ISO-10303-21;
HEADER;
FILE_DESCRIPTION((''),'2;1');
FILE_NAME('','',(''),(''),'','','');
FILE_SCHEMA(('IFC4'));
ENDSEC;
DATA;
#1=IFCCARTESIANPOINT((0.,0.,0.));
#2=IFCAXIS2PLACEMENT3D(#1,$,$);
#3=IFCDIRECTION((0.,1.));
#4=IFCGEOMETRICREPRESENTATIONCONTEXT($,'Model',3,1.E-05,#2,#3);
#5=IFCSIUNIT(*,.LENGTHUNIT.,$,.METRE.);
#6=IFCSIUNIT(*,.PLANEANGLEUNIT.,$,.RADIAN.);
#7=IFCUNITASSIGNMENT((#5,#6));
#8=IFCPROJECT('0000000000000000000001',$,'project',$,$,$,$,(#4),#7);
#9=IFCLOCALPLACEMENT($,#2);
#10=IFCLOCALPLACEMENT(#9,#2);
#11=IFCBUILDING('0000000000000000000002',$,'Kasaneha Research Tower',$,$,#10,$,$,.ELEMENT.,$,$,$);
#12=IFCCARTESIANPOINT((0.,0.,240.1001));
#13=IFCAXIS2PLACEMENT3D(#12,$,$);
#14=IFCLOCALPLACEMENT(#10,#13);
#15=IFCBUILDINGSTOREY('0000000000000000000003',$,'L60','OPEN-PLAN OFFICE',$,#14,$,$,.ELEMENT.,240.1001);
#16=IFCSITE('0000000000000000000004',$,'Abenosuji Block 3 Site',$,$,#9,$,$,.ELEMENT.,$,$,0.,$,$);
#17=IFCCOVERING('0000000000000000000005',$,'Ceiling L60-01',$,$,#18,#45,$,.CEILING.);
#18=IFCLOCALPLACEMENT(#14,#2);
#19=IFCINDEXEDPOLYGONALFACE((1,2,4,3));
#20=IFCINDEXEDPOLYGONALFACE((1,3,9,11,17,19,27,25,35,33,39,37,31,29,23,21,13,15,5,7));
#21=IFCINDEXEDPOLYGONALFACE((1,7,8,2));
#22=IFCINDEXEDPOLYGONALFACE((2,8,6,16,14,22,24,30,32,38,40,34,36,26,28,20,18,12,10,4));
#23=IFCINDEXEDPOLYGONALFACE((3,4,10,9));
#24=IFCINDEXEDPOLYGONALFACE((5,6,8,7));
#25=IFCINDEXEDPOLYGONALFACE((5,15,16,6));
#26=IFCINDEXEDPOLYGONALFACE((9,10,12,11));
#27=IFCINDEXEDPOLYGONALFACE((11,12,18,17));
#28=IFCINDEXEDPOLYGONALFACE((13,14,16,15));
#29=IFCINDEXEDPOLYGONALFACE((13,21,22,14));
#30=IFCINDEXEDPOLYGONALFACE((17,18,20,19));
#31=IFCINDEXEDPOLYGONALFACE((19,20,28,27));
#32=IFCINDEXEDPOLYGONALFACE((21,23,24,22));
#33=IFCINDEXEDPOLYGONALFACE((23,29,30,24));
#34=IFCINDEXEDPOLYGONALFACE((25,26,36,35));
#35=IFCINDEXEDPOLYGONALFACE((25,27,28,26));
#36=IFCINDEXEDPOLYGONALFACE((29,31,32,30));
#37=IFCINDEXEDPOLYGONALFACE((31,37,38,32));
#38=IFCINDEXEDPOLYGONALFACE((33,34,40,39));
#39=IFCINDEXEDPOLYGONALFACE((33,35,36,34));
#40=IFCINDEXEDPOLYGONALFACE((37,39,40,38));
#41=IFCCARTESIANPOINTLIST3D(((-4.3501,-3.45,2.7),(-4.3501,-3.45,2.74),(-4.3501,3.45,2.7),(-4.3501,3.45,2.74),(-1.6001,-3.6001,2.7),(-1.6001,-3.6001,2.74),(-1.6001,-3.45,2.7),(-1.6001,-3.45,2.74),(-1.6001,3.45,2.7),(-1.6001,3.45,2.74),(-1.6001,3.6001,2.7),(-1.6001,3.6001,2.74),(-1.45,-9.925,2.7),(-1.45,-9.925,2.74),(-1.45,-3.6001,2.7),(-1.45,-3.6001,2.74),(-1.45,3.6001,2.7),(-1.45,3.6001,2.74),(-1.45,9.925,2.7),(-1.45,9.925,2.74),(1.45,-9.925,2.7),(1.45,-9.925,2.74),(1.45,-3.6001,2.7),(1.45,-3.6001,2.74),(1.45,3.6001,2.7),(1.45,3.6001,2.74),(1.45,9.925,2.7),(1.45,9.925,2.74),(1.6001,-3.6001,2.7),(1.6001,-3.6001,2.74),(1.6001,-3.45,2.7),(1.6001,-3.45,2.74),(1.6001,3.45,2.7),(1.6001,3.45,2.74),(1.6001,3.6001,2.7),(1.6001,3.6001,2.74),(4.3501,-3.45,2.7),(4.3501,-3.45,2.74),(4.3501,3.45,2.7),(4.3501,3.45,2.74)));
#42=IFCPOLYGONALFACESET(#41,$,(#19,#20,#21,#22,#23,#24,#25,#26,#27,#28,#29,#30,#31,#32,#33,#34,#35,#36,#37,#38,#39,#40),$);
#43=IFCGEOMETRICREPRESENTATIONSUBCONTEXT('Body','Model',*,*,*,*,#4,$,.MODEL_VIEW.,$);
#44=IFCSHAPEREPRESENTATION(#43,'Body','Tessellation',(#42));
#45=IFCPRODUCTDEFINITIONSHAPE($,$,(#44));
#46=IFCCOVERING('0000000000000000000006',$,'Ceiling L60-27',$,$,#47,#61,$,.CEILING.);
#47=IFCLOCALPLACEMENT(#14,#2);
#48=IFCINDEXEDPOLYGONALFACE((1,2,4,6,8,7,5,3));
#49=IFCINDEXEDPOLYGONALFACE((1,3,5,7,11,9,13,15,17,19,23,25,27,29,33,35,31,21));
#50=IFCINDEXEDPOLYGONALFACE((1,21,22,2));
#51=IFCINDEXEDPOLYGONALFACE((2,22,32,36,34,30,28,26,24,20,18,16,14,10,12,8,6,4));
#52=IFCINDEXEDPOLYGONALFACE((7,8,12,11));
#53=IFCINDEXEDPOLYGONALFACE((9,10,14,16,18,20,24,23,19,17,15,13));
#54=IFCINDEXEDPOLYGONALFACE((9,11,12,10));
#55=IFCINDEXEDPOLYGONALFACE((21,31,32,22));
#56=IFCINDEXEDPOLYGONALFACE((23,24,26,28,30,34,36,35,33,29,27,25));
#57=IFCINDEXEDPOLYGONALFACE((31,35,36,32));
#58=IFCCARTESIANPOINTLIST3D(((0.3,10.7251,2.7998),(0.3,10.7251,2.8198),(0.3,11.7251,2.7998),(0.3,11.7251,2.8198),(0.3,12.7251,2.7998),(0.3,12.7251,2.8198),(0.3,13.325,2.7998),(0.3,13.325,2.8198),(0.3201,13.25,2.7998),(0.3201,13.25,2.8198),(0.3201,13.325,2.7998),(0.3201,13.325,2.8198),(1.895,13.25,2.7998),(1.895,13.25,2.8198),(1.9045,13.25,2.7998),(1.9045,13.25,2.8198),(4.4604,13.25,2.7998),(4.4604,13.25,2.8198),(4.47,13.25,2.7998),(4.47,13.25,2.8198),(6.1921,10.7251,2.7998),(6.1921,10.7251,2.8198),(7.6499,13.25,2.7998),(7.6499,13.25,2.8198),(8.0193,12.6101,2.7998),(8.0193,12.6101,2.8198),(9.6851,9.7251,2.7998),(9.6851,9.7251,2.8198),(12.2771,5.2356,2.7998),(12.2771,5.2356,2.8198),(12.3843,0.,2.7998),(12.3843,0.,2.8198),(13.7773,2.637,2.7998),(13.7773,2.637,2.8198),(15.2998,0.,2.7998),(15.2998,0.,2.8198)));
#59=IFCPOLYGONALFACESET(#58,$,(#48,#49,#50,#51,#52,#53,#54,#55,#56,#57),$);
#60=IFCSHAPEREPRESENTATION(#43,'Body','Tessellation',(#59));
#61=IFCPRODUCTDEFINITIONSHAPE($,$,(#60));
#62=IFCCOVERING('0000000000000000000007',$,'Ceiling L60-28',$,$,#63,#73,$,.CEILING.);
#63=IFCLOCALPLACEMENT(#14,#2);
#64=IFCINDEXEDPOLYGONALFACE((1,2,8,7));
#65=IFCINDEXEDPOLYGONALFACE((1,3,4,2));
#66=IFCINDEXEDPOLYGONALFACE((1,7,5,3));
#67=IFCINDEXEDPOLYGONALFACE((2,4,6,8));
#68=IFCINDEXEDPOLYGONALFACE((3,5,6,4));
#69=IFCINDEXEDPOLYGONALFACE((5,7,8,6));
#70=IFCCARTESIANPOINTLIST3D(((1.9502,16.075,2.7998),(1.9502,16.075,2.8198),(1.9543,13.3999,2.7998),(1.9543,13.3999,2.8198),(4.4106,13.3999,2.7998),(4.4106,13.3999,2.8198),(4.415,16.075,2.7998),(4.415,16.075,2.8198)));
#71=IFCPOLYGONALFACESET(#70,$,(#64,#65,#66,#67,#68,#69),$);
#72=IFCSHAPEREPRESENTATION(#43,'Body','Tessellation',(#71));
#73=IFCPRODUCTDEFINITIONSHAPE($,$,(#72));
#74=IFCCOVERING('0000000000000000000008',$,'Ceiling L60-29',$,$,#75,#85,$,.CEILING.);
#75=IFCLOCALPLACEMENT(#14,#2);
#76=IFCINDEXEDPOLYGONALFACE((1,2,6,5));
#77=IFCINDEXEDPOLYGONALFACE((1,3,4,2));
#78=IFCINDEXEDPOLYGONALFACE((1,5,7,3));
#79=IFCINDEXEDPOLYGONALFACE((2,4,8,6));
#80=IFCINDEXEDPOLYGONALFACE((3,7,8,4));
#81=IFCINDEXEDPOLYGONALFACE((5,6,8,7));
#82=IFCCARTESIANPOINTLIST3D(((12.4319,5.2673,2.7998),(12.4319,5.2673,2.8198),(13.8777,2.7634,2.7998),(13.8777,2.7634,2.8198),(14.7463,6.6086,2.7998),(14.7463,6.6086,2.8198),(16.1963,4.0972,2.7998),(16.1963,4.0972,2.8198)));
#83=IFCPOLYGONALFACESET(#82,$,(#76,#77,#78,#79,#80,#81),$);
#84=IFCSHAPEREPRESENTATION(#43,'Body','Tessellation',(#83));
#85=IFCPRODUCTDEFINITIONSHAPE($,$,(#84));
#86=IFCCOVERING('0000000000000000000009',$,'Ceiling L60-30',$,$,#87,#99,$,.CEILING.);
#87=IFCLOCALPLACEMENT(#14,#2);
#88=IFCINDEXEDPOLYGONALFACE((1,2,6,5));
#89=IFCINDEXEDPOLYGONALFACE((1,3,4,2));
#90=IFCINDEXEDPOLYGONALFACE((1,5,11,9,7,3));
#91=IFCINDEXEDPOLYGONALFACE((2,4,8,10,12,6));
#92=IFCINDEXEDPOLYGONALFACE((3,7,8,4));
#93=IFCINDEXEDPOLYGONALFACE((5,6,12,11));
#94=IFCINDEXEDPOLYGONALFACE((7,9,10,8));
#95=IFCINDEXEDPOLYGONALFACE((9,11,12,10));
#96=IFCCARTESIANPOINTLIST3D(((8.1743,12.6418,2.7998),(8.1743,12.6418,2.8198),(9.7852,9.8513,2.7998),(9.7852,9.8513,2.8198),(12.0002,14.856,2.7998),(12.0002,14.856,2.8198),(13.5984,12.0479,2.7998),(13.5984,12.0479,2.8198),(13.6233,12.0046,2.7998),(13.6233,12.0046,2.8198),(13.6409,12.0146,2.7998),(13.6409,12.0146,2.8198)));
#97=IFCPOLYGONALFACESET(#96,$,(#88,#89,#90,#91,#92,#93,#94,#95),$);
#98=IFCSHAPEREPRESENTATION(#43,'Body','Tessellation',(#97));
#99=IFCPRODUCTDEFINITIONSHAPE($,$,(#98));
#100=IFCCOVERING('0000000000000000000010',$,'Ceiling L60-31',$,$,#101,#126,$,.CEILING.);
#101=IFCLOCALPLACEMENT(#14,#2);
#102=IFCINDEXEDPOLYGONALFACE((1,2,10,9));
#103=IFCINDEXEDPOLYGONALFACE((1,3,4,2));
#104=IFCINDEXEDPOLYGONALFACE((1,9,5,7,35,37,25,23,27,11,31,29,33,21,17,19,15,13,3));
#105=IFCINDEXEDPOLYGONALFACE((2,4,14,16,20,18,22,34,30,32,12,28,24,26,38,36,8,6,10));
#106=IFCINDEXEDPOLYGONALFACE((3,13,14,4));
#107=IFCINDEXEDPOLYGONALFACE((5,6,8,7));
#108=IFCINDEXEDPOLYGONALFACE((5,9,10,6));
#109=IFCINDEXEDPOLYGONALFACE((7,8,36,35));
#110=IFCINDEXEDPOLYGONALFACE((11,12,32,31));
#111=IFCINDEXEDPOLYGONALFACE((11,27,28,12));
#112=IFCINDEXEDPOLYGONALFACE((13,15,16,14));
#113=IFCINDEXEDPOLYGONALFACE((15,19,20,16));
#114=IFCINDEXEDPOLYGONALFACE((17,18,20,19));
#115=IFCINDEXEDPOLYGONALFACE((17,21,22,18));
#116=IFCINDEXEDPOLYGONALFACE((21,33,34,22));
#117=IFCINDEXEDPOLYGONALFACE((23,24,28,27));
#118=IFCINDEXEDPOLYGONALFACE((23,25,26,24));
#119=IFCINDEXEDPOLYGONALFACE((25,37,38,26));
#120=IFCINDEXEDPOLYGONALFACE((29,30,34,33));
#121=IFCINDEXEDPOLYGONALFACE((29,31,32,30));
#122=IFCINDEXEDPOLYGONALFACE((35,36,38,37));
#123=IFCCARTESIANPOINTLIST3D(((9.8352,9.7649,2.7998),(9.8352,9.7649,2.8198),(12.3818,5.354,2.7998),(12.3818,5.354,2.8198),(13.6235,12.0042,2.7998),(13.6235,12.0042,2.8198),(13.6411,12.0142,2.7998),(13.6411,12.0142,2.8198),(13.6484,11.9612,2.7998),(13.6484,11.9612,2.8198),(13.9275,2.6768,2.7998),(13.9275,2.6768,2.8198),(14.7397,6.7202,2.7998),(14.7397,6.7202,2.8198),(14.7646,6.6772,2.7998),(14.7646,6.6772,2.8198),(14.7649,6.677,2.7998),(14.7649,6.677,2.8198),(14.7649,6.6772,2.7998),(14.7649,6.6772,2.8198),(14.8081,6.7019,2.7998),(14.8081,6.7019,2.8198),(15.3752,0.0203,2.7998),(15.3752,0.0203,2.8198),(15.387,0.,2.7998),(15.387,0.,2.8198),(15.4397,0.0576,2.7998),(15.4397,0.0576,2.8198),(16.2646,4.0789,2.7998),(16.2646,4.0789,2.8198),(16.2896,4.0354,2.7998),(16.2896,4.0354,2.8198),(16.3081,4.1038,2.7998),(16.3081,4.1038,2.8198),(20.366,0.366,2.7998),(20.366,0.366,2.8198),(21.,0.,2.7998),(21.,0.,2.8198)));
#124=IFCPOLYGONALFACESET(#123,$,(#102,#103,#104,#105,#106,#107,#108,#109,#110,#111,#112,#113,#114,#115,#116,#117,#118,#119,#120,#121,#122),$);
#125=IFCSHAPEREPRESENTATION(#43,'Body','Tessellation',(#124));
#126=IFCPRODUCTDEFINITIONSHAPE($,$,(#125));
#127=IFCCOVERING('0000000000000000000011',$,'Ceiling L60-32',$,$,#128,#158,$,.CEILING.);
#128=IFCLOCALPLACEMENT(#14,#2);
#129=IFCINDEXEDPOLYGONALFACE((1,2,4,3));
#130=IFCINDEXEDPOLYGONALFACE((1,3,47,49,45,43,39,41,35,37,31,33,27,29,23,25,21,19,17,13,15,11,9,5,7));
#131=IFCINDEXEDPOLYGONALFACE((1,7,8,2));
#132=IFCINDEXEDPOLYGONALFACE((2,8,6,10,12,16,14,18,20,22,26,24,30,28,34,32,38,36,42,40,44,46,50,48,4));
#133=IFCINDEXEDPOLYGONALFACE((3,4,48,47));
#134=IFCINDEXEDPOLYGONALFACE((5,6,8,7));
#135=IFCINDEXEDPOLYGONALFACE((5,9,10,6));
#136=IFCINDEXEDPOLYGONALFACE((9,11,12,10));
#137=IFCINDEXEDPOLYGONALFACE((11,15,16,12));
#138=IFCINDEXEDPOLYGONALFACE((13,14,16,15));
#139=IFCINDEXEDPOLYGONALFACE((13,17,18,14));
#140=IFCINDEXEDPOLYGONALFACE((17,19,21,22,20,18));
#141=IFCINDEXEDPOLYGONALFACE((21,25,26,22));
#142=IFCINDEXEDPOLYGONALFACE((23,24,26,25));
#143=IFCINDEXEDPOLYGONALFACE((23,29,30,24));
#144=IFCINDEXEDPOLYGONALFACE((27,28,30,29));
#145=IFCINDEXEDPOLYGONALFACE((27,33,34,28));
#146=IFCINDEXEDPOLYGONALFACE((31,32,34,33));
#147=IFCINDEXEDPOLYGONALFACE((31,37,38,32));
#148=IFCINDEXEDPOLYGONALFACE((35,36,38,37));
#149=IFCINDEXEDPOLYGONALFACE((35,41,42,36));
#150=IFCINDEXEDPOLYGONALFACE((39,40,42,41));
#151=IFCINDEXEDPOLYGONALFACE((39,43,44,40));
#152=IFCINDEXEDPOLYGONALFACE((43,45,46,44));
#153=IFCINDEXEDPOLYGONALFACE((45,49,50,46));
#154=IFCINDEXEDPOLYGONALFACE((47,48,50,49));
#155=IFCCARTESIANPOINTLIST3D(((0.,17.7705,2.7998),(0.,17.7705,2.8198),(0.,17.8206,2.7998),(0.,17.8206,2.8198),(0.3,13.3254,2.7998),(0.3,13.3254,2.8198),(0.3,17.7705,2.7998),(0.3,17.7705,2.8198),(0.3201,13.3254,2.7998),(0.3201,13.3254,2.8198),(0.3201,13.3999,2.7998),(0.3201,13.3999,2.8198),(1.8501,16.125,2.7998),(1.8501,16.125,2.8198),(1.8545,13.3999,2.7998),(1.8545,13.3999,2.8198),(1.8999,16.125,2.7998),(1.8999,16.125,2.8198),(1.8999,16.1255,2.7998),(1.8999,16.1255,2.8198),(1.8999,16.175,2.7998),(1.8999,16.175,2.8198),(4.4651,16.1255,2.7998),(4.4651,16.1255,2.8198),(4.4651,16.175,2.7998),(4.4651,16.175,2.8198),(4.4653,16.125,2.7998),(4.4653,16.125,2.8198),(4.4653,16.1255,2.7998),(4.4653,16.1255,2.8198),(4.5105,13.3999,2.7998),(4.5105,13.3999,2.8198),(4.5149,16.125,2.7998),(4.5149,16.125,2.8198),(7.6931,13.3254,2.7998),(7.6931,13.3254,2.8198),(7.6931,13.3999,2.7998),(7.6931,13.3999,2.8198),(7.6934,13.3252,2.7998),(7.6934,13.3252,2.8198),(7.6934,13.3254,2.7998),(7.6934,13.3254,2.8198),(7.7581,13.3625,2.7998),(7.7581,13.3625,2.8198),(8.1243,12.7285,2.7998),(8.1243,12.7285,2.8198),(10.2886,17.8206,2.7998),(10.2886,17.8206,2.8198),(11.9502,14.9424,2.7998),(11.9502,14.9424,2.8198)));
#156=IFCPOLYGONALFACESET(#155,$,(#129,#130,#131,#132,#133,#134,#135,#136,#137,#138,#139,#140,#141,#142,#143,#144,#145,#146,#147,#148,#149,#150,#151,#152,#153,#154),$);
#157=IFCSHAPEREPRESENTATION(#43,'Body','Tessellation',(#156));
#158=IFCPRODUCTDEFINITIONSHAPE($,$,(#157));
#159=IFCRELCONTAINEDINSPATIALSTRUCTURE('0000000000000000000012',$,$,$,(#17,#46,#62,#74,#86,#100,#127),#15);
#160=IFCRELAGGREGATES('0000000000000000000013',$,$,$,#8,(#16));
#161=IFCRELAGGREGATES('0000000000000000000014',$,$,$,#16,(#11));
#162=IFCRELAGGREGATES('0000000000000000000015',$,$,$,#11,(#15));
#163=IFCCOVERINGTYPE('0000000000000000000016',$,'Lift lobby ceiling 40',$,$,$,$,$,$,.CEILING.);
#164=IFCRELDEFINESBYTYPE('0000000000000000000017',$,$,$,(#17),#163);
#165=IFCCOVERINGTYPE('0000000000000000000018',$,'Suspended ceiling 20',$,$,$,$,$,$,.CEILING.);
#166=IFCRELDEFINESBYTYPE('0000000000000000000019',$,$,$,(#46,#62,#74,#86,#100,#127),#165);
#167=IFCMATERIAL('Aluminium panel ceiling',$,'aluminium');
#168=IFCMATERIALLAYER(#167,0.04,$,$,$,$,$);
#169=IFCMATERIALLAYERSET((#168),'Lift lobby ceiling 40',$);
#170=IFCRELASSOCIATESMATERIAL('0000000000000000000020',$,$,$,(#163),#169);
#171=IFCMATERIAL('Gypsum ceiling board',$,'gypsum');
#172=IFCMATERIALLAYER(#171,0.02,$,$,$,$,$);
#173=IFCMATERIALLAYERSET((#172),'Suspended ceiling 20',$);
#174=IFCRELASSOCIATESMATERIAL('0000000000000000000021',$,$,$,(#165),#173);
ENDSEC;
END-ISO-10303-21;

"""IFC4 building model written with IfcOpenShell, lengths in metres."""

from ifc_helpers import new_model, si_unit, direction, frame, origin, place, context, subcontext, project, spatial, polyline, outline, extrude, material, layer, layer_set, type_object, element, save


model = new_model("IFC4")

# Units and contexts
model_context = context("Model", 3, precision=1e-05, world=origin(), true_north=direction((0.0, 1.0)))
body_context = subcontext(model_context, "Body", "Model", "MODEL_VIEW")
ifc_project = project(units=[si_unit("LENGTHUNIT", "METRE"), si_unit("PLANEANGLEUNIT", "RADIAN")], contexts=[model_context])

# Site, building, storey
site_placement = place(None, origin())
site = spatial("IfcSite", under=ifc_project, at=site_placement, Name="Abenosuji Block 3 Site", CompositionType="ELEMENT", RefElevation=0.0)
building_placement = place(site_placement, origin())
building = spatial("IfcBuilding", under=site, at=building_placement, Name="Kasaneha Research Tower", CompositionType="ELEMENT")
storey_placement = place(building_placement, frame((0.0, 0.0, 240.1001)))
storey = spatial("IfcBuildingStorey", under=building, at=storey_placement, Name="L60", Description="OPEN-PLAN OFFICE", CompositionType="ELEMENT", Elevation=240.1001)

# Coverings
ifc_material_1 = material(Name="Aluminium panel ceiling", Category="aluminium")
ifc_layer_1 = layer(ifc_material_1, 0.04)
ifc_layer_set_1 = layer_set([ifc_layer_1], Name="Lift lobby ceiling 40")
covering_type_1 = type_object("IfcCoveringType", Name="Lift lobby ceiling 40", PredefinedType="CEILING", material=ifc_layer_set_1)
covering_1_placement = place(storey_placement, frame((0.0, 0.0, 2.7)))
element("IfcCovering", 1, at=covering_1_placement, inside=storey, type_object=covering_type_1, Name="Ceiling L60-01", PredefinedType="CEILING", context=body_context, shape_type="SweptSolid", body=[
    extrude(outline(polyline([(1.45, 9.925), (1.45, 3.6001), (1.6001, 3.6001), (1.6001, 3.45), (4.3501, 3.45), (4.3501, -3.45), (1.6001, -3.45), (1.6001, -3.6001), (1.45, -3.6001), (1.45, -9.925), (-1.45, -9.925), (-1.45, -3.6001), (-1.6001, -3.6001), (-1.6001, -3.45), (-4.3501, -3.45), (-4.3501, 3.45), (-1.6001, 3.45), (-1.6001, 3.6001), (-1.45, 3.6001), (-1.45, 9.925), (1.45, 9.925)])), origin(), (0.0, 0.0, 1.0), 0.04),
])
ifc_material_2 = material(Name="Gypsum ceiling board", Category="gypsum")
ifc_layer_2 = layer(ifc_material_2, 0.02)
ifc_layer_set_2 = layer_set([ifc_layer_2], Name="Suspended ceiling 20")
covering_type_2 = type_object("IfcCoveringType", Name="Suspended ceiling 20", PredefinedType="CEILING", material=ifc_layer_set_2)
covering_2_placement = place(storey_placement, frame((0.0, 0.0, 2.7998)))
element("IfcCovering", 2, at=covering_2_placement, inside=storey, type_object=covering_type_2, Name="Ceiling L60-27", PredefinedType="CEILING", context=body_context, shape_type="SweptSolid", body=[
    extrude(outline(polyline([(6.1921, 10.7251), (0.3, 10.7251), (0.3, 11.7251), (0.3, 12.7251), (0.3, 13.325), (0.3201, 13.325), (0.3201, 13.25), (1.895, 13.25), (1.9045, 13.25), (4.4604, 13.25), (4.47, 13.25), (7.6499, 13.25), (8.0193, 12.6101), (8.0193, 12.6101), (9.6851, 9.7251), (9.6851, 9.7251), (12.2771, 5.2356), (12.2771, 5.2356), (13.7773, 2.637), (13.7773, 2.637), (15.2998, 0.0), (12.3843, 0.0), (6.1921, 10.7251)])), origin(), (0.0, 0.0, 1.0), 0.02),
])
covering_3_placement = place(storey_placement, frame((0.0, 0.0, 2.7998)))
element("IfcCovering", 3, at=covering_3_placement, inside=storey, type_object=covering_type_2, Name="Ceiling L60-28", PredefinedType="CEILING", context=body_context, shape_type="SweptSolid", body=[
    extrude(outline(polyline([(4.415, 16.075), (4.4106, 13.3999), (1.9543, 13.3999), (1.9502, 16.075), (4.415, 16.075)])), origin(), (0.0, 0.0, 1.0), 0.02),
])
covering_4_placement = place(storey_placement, frame((0.0, 0.0, 2.7998)))
element("IfcCovering", 4, at=covering_4_placement, inside=storey, type_object=covering_type_2, Name="Ceiling L60-29", PredefinedType="CEILING", context=body_context, shape_type="SweptSolid", body=[
    extrude(outline(polyline([(16.1963, 4.0972), (13.8777, 2.7634), (12.4319, 5.2673), (14.7463, 6.6086), (16.1963, 4.0972)])), origin(), (0.0, 0.0, 1.0), 0.02),
])
covering_5_placement = place(storey_placement, frame((0.0, 0.0, 2.7998)))
element("IfcCovering", 5, at=covering_5_placement, inside=storey, type_object=covering_type_2, Name="Ceiling L60-30", PredefinedType="CEILING", context=body_context, shape_type="SweptSolid", body=[
    extrude(outline(polyline([(13.6233, 12.0046), (13.5984, 12.0479), (9.7852, 9.8513), (8.1743, 12.6418), (12.0002, 14.856), (13.6409, 12.0146), (13.6233, 12.0046)])), origin(), (0.0, 0.0, 1.0), 0.02),
])
covering_6_placement = place(storey_placement, frame((0.0, 0.0, 2.7998)))
element("IfcCovering", 6, at=covering_6_placement, inside=storey, type_object=covering_type_2, Name="Ceiling L60-31", PredefinedType="CEILING", context=body_context, shape_type="SweptSolid", body=[
    extrude(outline(polyline([(15.3752, 0.0203), (15.4397, 0.0576), (13.9275, 2.6768), (16.2896, 4.0354), (16.2646, 4.0789), (16.3081, 4.1038), (14.8081, 6.7019), (14.7649, 6.677), (14.7649, 6.6772), (14.7646, 6.6772), (14.7397, 6.7202), (12.3818, 5.354), (9.8352, 9.7649), (13.6484, 11.9612), (13.6235, 12.0042), (13.6411, 12.0142), (20.366, 0.366), (21.0, 0.0), (15.387, 0.0), (15.3752, 0.0203)])), origin(), (0.0, 0.0, 1.0), 0.02),
])
covering_7_placement = place(storey_placement, frame((0.0, 0.0, 2.7998)))
element("IfcCovering", 7, at=covering_7_placement, inside=storey, type_object=covering_type_2, Name="Ceiling L60-32", PredefinedType="CEILING", context=body_context, shape_type="SweptSolid", body=[
    extrude(outline(polyline([(10.2886, 17.8206), (11.9502, 14.9424), (8.1243, 12.7285), (7.7581, 13.3625), (7.6934, 13.3252), (7.6934, 13.3254), (7.6931, 13.3254), (7.6931, 13.3999), (4.5105, 13.3999), (4.5149, 16.125), (4.4653, 16.125), (4.4653, 16.1255), (4.4651, 16.1255), (4.4651, 16.175), (1.8999, 16.175), (1.8999, 16.1255), (1.8999, 16.1255), (1.8999, 16.125), (1.8501, 16.125), (1.8545, 13.3999), (0.3201, 13.3999), (0.3201, 13.3254), (0.3, 13.3254), (0.3, 17.7705), (0.3, 17.7705), (0.0, 17.7705), (0.0, 17.8206), (10.2886, 17.8206)])), origin(), (0.0, 0.0, 1.0), 0.02),
])

save(model, "model.ifc")
